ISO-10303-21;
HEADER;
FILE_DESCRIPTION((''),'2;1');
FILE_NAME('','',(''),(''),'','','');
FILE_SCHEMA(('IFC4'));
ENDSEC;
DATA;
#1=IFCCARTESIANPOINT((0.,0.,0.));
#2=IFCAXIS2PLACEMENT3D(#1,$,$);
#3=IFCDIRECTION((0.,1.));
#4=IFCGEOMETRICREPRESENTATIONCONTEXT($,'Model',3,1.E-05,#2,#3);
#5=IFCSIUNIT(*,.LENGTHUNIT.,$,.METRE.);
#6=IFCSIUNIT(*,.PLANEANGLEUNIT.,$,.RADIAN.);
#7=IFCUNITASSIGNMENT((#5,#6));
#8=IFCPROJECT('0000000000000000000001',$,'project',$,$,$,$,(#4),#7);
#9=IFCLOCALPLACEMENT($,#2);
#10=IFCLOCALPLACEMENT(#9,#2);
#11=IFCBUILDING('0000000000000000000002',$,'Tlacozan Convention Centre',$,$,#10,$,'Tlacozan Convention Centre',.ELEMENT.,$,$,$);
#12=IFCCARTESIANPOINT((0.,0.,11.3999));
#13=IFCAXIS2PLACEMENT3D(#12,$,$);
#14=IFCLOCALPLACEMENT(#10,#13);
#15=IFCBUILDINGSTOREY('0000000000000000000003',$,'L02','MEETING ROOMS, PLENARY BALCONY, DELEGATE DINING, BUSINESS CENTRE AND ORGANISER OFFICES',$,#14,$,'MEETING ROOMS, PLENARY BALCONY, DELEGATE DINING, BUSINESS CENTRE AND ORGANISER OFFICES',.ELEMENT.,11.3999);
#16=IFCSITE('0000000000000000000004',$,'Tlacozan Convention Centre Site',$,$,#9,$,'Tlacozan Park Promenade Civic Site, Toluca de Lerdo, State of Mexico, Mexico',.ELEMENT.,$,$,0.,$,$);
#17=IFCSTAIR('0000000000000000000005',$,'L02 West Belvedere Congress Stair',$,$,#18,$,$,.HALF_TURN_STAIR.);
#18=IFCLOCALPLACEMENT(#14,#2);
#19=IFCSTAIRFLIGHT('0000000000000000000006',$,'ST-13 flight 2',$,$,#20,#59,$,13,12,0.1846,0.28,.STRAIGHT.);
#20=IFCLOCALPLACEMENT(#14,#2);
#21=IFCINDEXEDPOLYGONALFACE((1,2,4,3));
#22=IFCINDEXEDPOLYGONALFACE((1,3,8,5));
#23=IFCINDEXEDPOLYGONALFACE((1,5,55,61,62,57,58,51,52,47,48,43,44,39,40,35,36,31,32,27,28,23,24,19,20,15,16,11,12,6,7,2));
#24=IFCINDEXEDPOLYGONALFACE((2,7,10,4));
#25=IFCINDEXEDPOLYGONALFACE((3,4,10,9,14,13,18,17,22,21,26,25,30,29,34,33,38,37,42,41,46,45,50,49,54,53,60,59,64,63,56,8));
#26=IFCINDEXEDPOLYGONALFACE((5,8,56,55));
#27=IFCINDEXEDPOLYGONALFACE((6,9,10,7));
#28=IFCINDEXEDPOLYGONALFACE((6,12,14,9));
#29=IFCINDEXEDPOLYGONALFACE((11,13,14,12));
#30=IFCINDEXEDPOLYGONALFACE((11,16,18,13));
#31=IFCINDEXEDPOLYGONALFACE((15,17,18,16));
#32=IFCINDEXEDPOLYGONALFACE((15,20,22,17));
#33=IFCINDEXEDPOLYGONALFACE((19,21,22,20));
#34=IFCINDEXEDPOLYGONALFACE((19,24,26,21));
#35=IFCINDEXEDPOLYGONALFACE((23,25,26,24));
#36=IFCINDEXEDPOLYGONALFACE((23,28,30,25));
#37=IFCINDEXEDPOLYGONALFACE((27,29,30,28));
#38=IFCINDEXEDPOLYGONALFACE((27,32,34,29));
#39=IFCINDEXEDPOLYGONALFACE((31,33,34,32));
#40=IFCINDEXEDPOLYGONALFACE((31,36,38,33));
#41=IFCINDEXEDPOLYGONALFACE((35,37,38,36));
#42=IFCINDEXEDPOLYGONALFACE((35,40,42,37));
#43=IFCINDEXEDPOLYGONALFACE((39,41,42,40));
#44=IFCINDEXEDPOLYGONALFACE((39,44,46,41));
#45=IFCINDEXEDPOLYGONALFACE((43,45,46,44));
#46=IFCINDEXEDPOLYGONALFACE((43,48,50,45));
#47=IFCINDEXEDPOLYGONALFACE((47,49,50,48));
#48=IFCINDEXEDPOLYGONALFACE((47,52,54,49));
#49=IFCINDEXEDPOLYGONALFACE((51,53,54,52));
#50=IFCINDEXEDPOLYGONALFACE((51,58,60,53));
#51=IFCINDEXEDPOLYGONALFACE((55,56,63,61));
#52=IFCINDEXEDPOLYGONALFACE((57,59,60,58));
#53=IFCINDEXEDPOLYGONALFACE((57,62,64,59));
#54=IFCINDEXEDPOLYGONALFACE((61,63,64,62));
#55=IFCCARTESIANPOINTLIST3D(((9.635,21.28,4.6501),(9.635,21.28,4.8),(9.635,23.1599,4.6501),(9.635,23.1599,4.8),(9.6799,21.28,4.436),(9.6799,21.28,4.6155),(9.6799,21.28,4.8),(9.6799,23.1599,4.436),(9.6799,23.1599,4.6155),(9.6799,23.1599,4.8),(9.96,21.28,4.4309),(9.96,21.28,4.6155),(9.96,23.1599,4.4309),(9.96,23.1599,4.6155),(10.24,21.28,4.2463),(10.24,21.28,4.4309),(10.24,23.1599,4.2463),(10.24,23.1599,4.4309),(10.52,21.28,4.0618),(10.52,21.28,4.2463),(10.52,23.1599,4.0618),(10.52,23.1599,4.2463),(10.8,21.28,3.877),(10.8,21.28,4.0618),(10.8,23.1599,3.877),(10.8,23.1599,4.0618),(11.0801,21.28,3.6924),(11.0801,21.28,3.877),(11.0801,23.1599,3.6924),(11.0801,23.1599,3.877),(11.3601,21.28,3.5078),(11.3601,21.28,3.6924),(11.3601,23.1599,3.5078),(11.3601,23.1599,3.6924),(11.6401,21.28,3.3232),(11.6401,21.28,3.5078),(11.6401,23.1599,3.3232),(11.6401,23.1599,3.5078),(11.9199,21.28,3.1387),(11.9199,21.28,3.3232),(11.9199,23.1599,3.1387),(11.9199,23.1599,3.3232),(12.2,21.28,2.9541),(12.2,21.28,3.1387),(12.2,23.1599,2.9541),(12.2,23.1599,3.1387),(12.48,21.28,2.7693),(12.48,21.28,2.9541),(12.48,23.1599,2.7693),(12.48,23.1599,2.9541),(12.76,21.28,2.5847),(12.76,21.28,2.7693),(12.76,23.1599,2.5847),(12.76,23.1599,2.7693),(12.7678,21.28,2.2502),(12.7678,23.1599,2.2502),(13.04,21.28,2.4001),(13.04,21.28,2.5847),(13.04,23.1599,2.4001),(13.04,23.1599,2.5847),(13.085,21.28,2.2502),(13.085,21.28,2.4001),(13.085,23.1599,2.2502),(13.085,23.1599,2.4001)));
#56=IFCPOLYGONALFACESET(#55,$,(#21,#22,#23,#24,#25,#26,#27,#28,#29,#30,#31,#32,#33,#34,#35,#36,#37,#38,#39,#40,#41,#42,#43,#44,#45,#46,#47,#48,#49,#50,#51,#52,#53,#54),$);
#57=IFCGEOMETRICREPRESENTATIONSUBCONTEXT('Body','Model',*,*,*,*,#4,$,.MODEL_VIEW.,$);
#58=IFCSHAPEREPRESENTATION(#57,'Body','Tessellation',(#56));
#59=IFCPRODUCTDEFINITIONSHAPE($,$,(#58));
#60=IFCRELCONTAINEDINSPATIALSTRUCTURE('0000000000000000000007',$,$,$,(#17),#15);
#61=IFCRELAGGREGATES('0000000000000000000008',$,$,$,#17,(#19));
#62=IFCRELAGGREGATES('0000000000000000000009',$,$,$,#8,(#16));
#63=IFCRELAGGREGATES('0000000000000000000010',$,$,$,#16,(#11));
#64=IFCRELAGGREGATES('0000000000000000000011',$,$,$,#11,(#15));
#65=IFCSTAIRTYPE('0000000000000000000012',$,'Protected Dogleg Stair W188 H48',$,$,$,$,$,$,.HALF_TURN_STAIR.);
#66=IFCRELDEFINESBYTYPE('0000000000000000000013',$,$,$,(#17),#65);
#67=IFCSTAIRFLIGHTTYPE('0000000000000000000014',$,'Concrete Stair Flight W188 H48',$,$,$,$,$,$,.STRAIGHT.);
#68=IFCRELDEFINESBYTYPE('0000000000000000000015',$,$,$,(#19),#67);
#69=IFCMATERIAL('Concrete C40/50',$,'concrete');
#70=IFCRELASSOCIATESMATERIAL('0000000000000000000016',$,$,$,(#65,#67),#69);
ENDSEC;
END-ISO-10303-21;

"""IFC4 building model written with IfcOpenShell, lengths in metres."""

from ifc_helpers import new_model, si_unit, direction, frame, origin, place, context, subcontext, project, spatial, polyline, outline, extrude, material, type_object, element, aggregate, save


model = new_model("IFC4")

# Units and contexts
model_context = context("Model", 3, precision=1e-05, world=origin(), true_north=direction((0.0, 1.0)))
body_context = subcontext(model_context, "Body", "Model", "MODEL_VIEW")
ifc_project = project(units=[si_unit("LENGTHUNIT", "METRE"), si_unit("PLANEANGLEUNIT", "RADIAN")], contexts=[model_context])

# Site, building, storey
site_placement = place(None, origin())
site = spatial("IfcSite", under=ifc_project, at=site_placement, Name="Tlacozan Convention Centre Site", LongName="Tlacozan Park Promenade Civic Site, Toluca de Lerdo, State of Mexico, Mexico", CompositionType="ELEMENT", RefElevation=0.0)
building_placement = place(site_placement, origin())
building = spatial("IfcBuilding", under=site, at=building_placement, Name="Tlacozan Convention Centre", LongName="Tlacozan Convention Centre", CompositionType="ELEMENT")
storey_placement = place(building_placement, frame((0.0, 0.0, 11.3999)))
storey = spatial("IfcBuildingStorey", under=building, at=storey_placement, Name="L02", Description="MEETING ROOMS, PLENARY BALCONY, DELEGATE DINING, BUSINESS CENTRE AND ORGANISER OFFICES", LongName="MEETING ROOMS, PLENARY BALCONY, DELEGATE DINING, BUSINESS CENTRE AND ORGANISER OFFICES", CompositionType="ELEMENT", Elevation=11.3999)

# Shared definitions
ifc_material_1 = material(Name="Concrete C40/50", Category="concrete")

# Shared definitions
stair_type = type_object("IfcStairType", Name="Protected Dogleg Stair W188 H48", PredefinedType="HALF_TURN_STAIR", material=ifc_material_1)
stair_flight_type = type_object("IfcStairFlightType", Name="Concrete Stair Flight W188 H48", PredefinedType="STRAIGHT", material=ifc_material_1)

# Stair, stair flight
stair_1_placement = place(storey_placement, origin())
stair_1 = element("IfcStair", 1, at=stair_1_placement, inside=storey, type_object=stair_type, Name="L02 West Belvedere Congress Stair", PredefinedType="HALF_TURN_STAIR")
stair_flight_1_placement = place(storey_placement, frame((13.04, 22.22, 2.4001), z_axis=(0.0, 0.0, 1.0), x_axis=(-1.0, 0.0, 0.0)))
stair_flight_1 = element("IfcStairFlight", 2, at=stair_flight_1_placement, type_object=stair_flight_type, Name="ST-13 flight 2", NumberOfRisers=13, NumberOfTreads=12, PredefinedType="STRAIGHT", RiserHeight=0.1846, TreadLength=0.28, context=body_context, shape_type="SweptSolid", body=[
    extrude(outline(polyline([(-0.0449, -0.1499), (-0.0449, 0.0), (0.0, 0.0), (0.0, 0.1846), (0.28, 0.1846), (0.28, 0.3691), (0.5601, 0.3691), (0.5601, 0.554), (0.8401, 0.554), (0.8401, 0.7385), (1.1201, 0.7385), (1.1201, 0.9231), (1.3999, 0.9231), (1.3999, 1.1077), (1.6799, 1.1077), (1.6799, 1.2922), (1.96, 1.2922), (1.96, 1.4768), (2.24, 1.4768), (2.24, 1.6616), (2.52, 1.6616), (2.52, 1.8462), (2.8, 1.8462), (2.8, 2.0308), (3.0801, 2.0308), (3.0801, 2.2153), (3.3601, 2.2153), (3.3601, 2.3999), (3.405, 2.3999), (3.405, 2.25), (3.3601, 2.0359), (0.2722, -0.1499), (-0.0449, -0.1499)])), frame((0.0, 0.9399, 0.0), z_axis=(0.0, -1.0, 0.0), x_axis=(1.0, 0.0, 0.0)), (0.0, 0.0, 1.0), 1.8799),
])
aggregate(stair_1, [stair_flight_1])

save(model, "model.ifc")
